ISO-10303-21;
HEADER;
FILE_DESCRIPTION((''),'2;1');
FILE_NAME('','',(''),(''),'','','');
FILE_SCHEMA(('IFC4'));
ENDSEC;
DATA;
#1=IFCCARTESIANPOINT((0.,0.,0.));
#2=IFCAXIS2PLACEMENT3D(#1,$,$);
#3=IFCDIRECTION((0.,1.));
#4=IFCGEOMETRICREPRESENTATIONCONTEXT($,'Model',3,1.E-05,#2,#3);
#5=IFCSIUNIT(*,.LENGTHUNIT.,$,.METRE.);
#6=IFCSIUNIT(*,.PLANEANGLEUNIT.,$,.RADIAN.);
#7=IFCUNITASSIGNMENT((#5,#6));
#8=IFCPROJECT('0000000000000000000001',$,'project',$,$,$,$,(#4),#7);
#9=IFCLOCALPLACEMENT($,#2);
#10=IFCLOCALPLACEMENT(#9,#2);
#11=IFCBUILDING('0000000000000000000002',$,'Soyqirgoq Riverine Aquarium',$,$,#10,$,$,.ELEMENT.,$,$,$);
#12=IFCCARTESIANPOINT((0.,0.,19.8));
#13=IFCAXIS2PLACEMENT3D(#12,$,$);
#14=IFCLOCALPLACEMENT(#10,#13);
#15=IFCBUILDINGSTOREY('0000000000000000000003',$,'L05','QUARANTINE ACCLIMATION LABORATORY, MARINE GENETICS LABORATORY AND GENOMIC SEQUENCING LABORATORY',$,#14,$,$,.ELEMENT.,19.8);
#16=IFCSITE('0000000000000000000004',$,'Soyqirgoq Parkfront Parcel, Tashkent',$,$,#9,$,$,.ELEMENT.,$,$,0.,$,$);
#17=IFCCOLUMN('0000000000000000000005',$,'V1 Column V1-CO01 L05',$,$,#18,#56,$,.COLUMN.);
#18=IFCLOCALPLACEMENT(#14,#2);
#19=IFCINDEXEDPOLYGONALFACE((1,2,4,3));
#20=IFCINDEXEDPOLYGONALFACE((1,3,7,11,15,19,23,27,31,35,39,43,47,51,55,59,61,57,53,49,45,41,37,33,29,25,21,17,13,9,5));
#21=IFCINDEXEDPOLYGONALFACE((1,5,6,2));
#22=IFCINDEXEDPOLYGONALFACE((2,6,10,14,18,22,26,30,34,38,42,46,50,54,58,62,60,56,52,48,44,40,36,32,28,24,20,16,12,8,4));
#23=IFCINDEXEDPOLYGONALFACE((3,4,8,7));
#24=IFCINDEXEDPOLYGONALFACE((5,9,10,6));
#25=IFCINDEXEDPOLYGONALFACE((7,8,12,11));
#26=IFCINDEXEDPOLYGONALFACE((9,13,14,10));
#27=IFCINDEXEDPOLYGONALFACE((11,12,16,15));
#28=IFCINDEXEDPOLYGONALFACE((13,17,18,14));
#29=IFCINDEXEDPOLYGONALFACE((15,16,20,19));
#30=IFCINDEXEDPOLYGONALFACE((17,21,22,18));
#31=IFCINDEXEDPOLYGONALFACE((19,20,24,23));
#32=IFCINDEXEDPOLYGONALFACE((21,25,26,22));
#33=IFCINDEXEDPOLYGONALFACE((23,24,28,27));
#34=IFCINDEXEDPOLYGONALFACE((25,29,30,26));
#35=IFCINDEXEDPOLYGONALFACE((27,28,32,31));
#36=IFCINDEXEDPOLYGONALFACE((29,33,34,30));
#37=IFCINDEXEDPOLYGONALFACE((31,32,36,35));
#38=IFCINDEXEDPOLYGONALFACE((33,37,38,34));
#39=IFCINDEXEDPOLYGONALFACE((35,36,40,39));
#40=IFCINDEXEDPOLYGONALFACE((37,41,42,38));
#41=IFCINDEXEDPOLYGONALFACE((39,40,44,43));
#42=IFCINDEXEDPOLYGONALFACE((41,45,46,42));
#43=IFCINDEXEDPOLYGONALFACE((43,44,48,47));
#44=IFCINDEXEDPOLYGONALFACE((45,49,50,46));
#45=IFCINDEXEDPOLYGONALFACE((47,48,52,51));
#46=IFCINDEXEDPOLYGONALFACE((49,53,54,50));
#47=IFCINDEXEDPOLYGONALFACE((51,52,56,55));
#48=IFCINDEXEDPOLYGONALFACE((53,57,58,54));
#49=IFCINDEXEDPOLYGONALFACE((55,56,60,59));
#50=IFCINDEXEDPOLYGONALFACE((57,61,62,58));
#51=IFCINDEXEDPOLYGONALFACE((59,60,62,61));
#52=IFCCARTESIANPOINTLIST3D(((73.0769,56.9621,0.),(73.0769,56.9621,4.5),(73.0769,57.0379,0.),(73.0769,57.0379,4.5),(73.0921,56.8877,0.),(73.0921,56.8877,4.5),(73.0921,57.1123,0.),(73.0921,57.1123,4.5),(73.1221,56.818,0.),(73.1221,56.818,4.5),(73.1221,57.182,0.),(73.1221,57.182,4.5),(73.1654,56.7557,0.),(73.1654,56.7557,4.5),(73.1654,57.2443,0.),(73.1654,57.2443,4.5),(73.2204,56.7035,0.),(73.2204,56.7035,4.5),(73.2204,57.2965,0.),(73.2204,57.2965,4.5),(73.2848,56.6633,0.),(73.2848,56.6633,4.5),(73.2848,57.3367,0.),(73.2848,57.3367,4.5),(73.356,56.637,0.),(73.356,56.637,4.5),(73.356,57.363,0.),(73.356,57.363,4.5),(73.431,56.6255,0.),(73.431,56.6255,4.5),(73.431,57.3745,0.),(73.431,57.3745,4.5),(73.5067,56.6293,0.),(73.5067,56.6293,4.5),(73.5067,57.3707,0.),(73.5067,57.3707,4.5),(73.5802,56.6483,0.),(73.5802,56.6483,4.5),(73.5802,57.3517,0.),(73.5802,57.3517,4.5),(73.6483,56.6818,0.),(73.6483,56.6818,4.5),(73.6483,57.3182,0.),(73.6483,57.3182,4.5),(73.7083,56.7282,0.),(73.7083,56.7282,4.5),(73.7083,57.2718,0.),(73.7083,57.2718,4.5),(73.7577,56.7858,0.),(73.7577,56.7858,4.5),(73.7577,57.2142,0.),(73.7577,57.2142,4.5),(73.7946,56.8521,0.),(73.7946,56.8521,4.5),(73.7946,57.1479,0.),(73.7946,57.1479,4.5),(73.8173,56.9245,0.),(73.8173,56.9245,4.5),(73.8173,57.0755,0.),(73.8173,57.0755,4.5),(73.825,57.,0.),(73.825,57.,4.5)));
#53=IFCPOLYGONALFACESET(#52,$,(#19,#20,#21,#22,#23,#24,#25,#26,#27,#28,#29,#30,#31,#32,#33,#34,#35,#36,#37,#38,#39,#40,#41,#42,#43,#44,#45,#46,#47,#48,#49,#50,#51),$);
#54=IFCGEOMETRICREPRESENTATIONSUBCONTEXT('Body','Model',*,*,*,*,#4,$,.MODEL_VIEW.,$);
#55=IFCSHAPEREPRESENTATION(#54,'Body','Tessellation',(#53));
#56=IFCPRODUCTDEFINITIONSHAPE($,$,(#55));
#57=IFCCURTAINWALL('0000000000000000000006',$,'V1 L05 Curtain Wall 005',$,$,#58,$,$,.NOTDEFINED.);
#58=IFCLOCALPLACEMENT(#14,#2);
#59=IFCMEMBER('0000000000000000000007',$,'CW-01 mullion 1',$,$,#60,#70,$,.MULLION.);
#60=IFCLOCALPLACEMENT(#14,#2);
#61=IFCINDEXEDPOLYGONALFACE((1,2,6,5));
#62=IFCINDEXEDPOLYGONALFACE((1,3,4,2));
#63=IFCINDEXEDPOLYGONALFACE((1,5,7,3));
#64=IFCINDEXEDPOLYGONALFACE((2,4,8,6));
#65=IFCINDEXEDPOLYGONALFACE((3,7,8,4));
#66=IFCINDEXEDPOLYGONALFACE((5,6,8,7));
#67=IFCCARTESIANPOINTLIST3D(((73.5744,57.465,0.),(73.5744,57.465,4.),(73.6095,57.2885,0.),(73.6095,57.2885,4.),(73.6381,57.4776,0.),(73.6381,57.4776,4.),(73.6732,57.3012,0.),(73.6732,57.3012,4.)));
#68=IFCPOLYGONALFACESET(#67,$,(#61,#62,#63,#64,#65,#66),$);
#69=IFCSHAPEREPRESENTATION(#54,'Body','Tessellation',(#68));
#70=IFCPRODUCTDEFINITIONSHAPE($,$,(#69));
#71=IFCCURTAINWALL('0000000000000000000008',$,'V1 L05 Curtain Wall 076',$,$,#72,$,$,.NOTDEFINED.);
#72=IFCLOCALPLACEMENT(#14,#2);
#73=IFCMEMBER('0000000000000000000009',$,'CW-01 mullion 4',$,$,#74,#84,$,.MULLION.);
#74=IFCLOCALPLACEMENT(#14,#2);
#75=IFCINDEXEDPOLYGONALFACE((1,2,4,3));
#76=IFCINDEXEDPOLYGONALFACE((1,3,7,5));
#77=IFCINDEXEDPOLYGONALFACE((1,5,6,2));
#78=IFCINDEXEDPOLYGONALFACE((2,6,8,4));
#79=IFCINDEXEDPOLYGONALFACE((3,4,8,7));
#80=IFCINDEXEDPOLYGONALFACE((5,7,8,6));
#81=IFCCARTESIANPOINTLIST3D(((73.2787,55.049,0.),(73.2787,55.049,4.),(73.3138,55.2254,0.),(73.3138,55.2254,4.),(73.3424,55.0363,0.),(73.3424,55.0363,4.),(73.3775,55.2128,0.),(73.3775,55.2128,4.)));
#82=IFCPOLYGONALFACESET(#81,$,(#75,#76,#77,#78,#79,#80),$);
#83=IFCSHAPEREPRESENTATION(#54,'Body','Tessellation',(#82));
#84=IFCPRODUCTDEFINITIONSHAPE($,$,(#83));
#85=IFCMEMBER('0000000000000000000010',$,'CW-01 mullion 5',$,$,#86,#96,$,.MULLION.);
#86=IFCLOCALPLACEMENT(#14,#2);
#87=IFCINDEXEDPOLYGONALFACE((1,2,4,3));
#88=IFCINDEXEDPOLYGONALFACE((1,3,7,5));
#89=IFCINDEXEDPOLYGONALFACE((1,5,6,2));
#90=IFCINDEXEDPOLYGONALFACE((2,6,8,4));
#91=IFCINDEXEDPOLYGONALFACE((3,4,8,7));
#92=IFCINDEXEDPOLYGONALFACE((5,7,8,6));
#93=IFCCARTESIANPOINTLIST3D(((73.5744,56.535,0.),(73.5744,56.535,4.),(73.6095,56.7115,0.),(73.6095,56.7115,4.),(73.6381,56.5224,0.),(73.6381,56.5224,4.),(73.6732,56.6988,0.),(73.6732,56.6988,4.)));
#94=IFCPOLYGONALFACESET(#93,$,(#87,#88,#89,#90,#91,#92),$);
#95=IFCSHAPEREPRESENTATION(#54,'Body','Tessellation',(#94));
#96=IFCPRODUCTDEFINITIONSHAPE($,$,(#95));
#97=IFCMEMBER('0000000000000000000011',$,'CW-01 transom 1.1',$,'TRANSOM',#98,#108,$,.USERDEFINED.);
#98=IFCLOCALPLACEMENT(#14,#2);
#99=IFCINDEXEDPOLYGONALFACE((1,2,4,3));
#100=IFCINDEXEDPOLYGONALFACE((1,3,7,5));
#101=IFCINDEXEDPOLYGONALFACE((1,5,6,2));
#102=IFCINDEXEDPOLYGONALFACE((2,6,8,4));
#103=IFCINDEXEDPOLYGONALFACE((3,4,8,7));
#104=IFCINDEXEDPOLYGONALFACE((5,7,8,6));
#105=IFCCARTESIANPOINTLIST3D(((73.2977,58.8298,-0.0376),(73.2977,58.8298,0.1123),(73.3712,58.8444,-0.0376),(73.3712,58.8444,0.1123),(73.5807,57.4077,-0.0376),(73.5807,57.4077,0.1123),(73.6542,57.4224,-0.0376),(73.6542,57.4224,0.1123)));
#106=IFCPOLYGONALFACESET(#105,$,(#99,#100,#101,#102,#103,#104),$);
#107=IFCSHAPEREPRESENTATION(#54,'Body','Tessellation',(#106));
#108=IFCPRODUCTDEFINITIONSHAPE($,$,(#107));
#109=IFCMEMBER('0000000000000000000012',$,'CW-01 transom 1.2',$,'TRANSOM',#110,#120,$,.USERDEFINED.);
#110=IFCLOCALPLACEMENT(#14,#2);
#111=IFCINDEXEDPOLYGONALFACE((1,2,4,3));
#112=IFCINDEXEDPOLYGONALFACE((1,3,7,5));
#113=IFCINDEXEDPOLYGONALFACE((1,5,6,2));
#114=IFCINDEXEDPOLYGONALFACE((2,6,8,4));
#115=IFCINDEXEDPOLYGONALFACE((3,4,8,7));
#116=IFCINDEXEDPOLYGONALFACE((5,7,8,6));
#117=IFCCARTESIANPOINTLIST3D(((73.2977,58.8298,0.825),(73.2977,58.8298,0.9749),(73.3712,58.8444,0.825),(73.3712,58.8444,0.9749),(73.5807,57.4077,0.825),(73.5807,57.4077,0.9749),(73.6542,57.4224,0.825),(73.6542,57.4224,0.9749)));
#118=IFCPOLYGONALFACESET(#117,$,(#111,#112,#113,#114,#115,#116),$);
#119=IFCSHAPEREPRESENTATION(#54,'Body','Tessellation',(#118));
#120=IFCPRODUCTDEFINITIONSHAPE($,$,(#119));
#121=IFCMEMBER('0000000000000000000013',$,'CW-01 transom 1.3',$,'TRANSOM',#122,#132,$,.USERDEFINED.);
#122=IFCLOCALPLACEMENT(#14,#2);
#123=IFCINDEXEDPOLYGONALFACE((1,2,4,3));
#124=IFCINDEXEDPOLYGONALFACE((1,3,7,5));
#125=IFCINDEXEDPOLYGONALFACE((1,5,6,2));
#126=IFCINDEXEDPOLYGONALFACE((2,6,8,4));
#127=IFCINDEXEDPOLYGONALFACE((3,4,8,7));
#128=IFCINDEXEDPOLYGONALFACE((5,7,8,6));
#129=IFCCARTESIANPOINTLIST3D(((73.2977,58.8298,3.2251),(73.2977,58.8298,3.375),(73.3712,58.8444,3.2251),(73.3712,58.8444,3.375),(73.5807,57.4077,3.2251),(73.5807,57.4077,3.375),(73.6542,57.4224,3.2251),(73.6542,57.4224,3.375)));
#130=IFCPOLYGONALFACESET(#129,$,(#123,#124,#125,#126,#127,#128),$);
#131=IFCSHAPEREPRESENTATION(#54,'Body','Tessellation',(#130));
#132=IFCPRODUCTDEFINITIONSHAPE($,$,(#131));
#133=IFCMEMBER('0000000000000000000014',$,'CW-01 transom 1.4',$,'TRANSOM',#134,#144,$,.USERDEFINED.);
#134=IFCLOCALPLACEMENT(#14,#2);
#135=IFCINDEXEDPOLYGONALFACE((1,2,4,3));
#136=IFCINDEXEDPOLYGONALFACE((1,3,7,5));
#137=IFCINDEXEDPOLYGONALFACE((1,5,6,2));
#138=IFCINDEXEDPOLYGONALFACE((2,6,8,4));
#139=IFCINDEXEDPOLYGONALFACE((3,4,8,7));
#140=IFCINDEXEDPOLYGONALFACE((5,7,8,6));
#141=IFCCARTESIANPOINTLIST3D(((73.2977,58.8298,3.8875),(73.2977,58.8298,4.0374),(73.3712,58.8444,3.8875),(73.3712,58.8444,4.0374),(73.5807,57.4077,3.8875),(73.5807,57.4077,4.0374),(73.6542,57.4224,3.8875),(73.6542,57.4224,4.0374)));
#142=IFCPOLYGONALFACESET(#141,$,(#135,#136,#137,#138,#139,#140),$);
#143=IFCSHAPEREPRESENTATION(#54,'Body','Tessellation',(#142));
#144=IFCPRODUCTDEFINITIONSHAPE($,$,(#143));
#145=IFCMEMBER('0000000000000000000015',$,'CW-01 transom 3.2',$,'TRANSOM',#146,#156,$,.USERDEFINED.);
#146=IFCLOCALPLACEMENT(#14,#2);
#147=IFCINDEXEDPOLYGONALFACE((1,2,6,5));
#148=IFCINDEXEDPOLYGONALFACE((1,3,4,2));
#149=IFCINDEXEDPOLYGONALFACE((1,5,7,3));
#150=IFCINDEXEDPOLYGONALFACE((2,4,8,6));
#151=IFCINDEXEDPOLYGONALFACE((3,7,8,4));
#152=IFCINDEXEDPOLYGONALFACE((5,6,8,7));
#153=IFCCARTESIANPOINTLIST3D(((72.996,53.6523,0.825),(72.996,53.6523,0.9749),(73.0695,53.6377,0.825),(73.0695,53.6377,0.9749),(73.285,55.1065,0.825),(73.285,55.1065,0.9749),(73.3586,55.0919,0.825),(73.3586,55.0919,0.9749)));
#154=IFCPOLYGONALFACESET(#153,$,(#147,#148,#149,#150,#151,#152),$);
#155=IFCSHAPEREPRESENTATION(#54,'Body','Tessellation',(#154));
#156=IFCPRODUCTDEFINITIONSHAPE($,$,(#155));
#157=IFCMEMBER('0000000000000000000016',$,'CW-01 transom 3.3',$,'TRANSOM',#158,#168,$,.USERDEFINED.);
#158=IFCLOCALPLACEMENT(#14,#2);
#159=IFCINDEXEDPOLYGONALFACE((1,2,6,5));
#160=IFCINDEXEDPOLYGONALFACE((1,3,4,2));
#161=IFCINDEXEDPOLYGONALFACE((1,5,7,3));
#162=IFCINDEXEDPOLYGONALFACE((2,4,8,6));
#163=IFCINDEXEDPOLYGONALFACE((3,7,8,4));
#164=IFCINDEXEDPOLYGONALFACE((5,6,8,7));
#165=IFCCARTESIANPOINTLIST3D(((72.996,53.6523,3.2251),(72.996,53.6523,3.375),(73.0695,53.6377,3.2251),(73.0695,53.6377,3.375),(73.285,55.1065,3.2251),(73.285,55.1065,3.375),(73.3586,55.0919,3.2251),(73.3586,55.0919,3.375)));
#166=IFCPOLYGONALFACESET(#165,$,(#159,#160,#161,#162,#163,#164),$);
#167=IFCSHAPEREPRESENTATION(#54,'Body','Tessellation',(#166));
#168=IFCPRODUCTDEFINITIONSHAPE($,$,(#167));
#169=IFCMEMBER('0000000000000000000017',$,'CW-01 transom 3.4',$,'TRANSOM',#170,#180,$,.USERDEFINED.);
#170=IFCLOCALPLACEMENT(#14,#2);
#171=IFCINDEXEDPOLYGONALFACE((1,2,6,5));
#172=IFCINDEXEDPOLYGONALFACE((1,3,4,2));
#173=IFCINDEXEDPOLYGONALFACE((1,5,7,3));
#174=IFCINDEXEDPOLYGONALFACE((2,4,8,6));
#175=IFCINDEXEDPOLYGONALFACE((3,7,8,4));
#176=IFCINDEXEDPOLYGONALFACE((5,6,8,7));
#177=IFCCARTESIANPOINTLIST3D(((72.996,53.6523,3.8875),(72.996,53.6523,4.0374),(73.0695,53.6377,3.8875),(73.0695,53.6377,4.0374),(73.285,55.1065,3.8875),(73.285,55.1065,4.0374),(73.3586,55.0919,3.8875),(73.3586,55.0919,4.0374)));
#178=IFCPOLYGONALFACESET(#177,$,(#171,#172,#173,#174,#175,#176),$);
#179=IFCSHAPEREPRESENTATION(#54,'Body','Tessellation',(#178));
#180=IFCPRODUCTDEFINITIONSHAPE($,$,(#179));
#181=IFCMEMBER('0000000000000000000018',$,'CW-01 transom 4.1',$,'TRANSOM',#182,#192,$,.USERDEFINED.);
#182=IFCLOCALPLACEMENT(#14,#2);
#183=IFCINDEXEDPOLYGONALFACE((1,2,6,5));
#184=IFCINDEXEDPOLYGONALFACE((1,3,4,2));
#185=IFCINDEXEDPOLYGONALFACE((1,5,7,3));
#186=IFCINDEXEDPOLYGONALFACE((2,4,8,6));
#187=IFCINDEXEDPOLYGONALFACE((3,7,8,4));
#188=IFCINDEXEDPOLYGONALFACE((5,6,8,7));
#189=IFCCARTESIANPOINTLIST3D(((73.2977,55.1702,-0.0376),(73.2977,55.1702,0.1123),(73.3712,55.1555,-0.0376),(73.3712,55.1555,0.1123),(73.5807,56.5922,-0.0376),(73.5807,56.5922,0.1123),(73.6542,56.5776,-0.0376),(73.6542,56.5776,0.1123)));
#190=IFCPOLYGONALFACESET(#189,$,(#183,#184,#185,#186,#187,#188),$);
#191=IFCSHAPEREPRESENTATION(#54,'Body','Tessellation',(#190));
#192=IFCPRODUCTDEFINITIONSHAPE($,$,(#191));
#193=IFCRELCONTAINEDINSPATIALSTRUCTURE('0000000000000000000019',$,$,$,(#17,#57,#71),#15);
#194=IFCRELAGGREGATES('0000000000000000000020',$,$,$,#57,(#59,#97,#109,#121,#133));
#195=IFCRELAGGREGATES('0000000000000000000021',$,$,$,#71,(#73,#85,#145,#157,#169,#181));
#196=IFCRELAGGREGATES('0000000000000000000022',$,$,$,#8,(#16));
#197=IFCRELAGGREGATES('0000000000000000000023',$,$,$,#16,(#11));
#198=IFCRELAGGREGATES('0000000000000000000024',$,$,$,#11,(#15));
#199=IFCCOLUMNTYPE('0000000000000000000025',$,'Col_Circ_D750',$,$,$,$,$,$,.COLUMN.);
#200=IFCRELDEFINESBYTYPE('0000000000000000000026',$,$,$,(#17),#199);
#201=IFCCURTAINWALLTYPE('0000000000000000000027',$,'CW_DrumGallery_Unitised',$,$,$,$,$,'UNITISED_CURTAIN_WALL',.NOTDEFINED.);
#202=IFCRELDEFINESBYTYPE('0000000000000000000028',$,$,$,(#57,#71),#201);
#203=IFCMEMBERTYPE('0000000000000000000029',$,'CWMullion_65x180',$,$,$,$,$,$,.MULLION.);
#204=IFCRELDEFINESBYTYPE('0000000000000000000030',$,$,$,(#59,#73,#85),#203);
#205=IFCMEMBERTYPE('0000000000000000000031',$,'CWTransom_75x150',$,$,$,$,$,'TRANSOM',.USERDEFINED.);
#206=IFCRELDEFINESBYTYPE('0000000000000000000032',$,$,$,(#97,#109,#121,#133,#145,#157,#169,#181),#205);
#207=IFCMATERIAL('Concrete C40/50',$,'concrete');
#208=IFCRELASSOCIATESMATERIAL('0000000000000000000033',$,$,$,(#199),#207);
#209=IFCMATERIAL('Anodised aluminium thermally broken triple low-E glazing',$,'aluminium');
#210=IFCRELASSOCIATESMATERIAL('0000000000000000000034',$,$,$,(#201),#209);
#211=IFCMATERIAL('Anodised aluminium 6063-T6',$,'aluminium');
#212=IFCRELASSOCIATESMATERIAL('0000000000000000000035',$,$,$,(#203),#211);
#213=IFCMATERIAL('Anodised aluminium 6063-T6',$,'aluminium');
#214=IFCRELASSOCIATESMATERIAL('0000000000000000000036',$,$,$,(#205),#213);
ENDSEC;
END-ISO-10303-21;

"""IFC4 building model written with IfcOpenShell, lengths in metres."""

from ifc_helpers import new_model, si_unit, direction, frame, origin, origin_2d, place, context, subcontext, project, spatial, rectangle, circle, extrude, material, material_profile, profile_set, type_object, element, aggregate, save


model = new_model("IFC4")

# Units and contexts
model_context = context("Model", 3, precision=1e-05, world=origin(), true_north=direction((0.0, 1.0)))
body_context = subcontext(model_context, "Body", "Model", "MODEL_VIEW")
ifc_project = project(units=[si_unit("LENGTHUNIT", "METRE"), si_unit("PLANEANGLEUNIT", "RADIAN")], contexts=[model_context])

# Site, building, storey
site_placement = place(None, origin())
site = spatial("IfcSite", under=ifc_project, at=site_placement, Name="Soyqirgoq Parkfront Parcel, Tashkent", CompositionType="ELEMENT", RefElevation=0.0)
building_placement = place(site_placement, origin())
building = spatial("IfcBuilding", under=site, at=building_placement, Name="Soyqirgoq Riverine Aquarium", CompositionType="ELEMENT")
storey_placement = place(building_placement, frame((0.0, 0.0, 19.8)))
storey = spatial("IfcBuildingStorey", under=building, at=storey_placement, Name="L05", Description="QUARANTINE ACCLIMATION LABORATORY, MARINE GENETICS LABORATORY AND GENOMIC SEQUENCING LABORATORY", CompositionType="ELEMENT", Elevation=19.8)

# Column
ifc_material_1 = material(Name="Concrete C40/50", Category="concrete")
ifc_material_profile_1 = material_profile(ifc_material_1, circle(Radius=0.375, at=origin_2d()), Name="RC-COL D750")
ifc_profile_set_1 = profile_set([ifc_material_profile_1], Name="Concrete C40/50")
column_type = type_object("IfcColumnType", Name="Col_Circ_D750", PredefinedType="COLUMN", material=ifc_profile_set_1)
column_placement = place(storey_placement, frame((73.45, 57.0, 0.0), z_axis=(0.0, 0.0, 1.0), x_axis=(1.0, 0.0, 0.0)))
element("IfcColumn", 1, at=column_placement, inside=storey, type_object=column_type, Name="V1 Column V1-CO01 L05", PredefinedType="COLUMN", context=body_context, shape_type="SweptSolid", body=[
    extrude(circle(Radius=0.375, at=origin_2d()), origin(), (0.0, 0.0, 1.0), 4.5),
])

# Curtain wall, member
ifc_material_2 = material(Name="Anodised aluminium thermally broken triple low-E glazing", Category="aluminium")
curtain_wall_type = type_object("IfcCurtainWallType", Name="CW_DrumGallery_Unitised", ElementType="UNITISED_CURTAIN_WALL", PredefinedType="NOTDEFINED", material=ifc_material_2)
curtain_wall_1_placement = place(storey_placement, origin())
curtain_wall_1 = element("IfcCurtainWall", 2, at=curtain_wall_1_placement, inside=storey, type_object=curtain_wall_type, Name="V1 L05 Curtain Wall 005", PredefinedType="NOTDEFINED")
ifc_material_3 = material(Name="Anodised aluminium 6063-T6", Category="aluminium")
ifc_material_profile_2 = material_profile(ifc_material_3, rectangle(XDim=0.0649, YDim=0.1799, at=origin_2d()), Name="ALU-M 65x180")
ifc_profile_set_2 = profile_set([ifc_material_profile_2], Name="Anodised aluminium 6063-T6")
member_type_1 = type_object("IfcMemberType", Name="CWMullion_65x180", PredefinedType="MULLION", material=ifc_profile_set_2)
member_1_placement = place(storey_placement, frame((73.6238, 57.3831, 0.0), z_axis=(0.0, 0.0, 1.0), x_axis=(-0.980788, -0.195078, 0.0)))
member_1 = element("IfcMember", 3, at=member_1_placement, type_object=member_type_1, Name="CW-01 mullion 1", PredefinedType="MULLION", context=body_context, shape_type="SweptSolid", body=[
    extrude(rectangle(XDim=0.0649, YDim=0.1799, at=origin_2d()), origin(), (0.0, 0.0, 1.0), 4.0),
])

# Curtain wall, members
curtain_wall_2_placement = place(storey_placement, origin())
curtain_wall_2 = element("IfcCurtainWall", 4, at=curtain_wall_2_placement, inside=storey, type_object=curtain_wall_type, Name="V1 L05 Curtain Wall 076", PredefinedType="NOTDEFINED")
member_2_placement = place(storey_placement, frame((73.3281, 55.1309, 0.0), z_axis=(0.0, 0.0, 1.0), x_axis=(-0.980788, 0.195078, 0.0)))
member_2 = element("IfcMember", 5, at=member_2_placement, type_object=member_type_1, Name="CW-01 mullion 4", PredefinedType="MULLION", context=body_context, shape_type="SweptSolid", body=[
    extrude(rectangle(XDim=0.0649, YDim=0.1799, at=origin_2d()), origin(), (0.0, 0.0, 1.0), 4.0),
])
member_3_placement = place(storey_placement, frame((73.6238, 56.6169, 0.0), z_axis=(0.0, 0.0, 1.0), x_axis=(-0.980788, 0.195078, 0.0)))
member_3 = element("IfcMember", 6, at=member_3_placement, type_object=member_type_1, Name="CW-01 mullion 5", PredefinedType="MULLION", context=body_context, shape_type="SweptSolid", body=[
    extrude(rectangle(XDim=0.0649, YDim=0.1799, at=origin_2d()), origin(), (0.0, 0.0, 1.0), 4.0),
])

# Members
ifc_material_4 = material(Name="Anodised aluminium 6063-T6", Category="aluminium")
ifc_material_profile_3 = material_profile(ifc_material_4, rectangle(XDim=0.075, YDim=0.1499, at=origin_2d()), Name="ALU-T 75x150")
ifc_profile_set_3 = profile_set([ifc_material_profile_3], Name="Anodised aluminium 6063-T6")
member_type_2 = type_object("IfcMemberType", Name="CWTransom_75x150", ElementType="TRANSOM", PredefinedType="USERDEFINED", material=ifc_profile_set_3)
member_4_placement = place(storey_placement, frame((73.6174, 57.415, 0.0374), z_axis=(-0.195145, 0.980774, 0.0), x_axis=(-0.980774, -0.195145, 0.0)))
member_4 = element("IfcMember", 7, at=member_4_placement, type_object=member_type_2, Name="CW-01 transom 1.1", ObjectType="TRANSOM", PredefinedType="USERDEFINED", context=body_context, shape_type="SweptSolid", body=[
    extrude(rectangle(XDim=0.075, YDim=0.1499, at=origin_2d()), origin(), (0.0, 0.0, 1.0), 1.45),
])
member_5_placement = place(storey_placement, frame((73.6174, 57.415, 0.8999), z_axis=(-0.195145, 0.980774, 0.0), x_axis=(-0.980774, -0.195145, 0.0)))
member_5 = element("IfcMember", 8, at=member_5_placement, type_object=member_type_2, Name="CW-01 transom 1.2", ObjectType="TRANSOM", PredefinedType="USERDEFINED", context=body_context, shape_type="SweptSolid", body=[
    extrude(rectangle(XDim=0.075, YDim=0.1499, at=origin_2d()), origin(), (0.0, 0.0, 1.0), 1.45),
])
member_6_placement = place(storey_placement, frame((73.6174, 57.415, 3.3), z_axis=(-0.195145, 0.980774, 0.0), x_axis=(-0.980774, -0.195145, 0.0)))
member_6 = element("IfcMember", 9, at=member_6_placement, type_object=member_type_2, Name="CW-01 transom 1.3", ObjectType="TRANSOM", PredefinedType="USERDEFINED", context=body_context, shape_type="SweptSolid", body=[
    extrude(rectangle(XDim=0.075, YDim=0.1499, at=origin_2d()), origin(), (0.0, 0.0, 1.0), 1.45),
])
member_7_placement = place(storey_placement, frame((73.6174, 57.415, 3.9624), z_axis=(-0.195145, 0.980774, 0.0), x_axis=(-0.980774, -0.195145, 0.0)))
member_7 = element("IfcMember", 10, at=member_7_placement, type_object=member_type_2, Name="CW-01 transom 1.4", ObjectType="TRANSOM", PredefinedType="USERDEFINED", context=body_context, shape_type="SweptSolid", body=[
    extrude(rectangle(XDim=0.075, YDim=0.1499, at=origin_2d()), origin(), (0.0, 0.0, 1.0), 1.45),
])
member_8_placement = place(storey_placement, frame((73.0327, 53.645, 0.8999), z_axis=(0.194976, 0.980808, 0.0), x_axis=(-0.980808, 0.194976, 0.0)))
member_8 = element("IfcMember", 11, at=member_8_placement, type_object=member_type_2, Name="CW-01 transom 3.2", ObjectType="TRANSOM", PredefinedType="USERDEFINED", context=body_context, shape_type="SweptSolid", body=[
    extrude(rectangle(XDim=0.075, YDim=0.1499, at=origin_2d()), origin(), (0.0, 0.0, 1.0), 1.4827),
])
member_9_placement = place(storey_placement, frame((73.0327, 53.645, 3.3), z_axis=(0.194976, 0.980808, 0.0), x_axis=(-0.980808, 0.194976, 0.0)))
member_9 = element("IfcMember", 12, at=member_9_placement, type_object=member_type_2, Name="CW-01 transom 3.3", ObjectType="TRANSOM", PredefinedType="USERDEFINED", context=body_context, shape_type="SweptSolid", body=[
    extrude(rectangle(XDim=0.075, YDim=0.1499, at=origin_2d()), origin(), (0.0, 0.0, 1.0), 1.4827),
])
member_10_placement = place(storey_placement, frame((73.0327, 53.645, 3.9624), z_axis=(0.194976, 0.980808, 0.0), x_axis=(-0.980808, 0.194976, 0.0)))
member_10 = element("IfcMember", 13, at=member_10_placement, type_object=member_type_2, Name="CW-01 transom 3.4", ObjectType="TRANSOM", PredefinedType="USERDEFINED", context=body_context, shape_type="SweptSolid", body=[
    extrude(rectangle(XDim=0.075, YDim=0.1499, at=origin_2d()), origin(), (0.0, 0.0, 1.0), 1.4827),
])
member_11_placement = place(storey_placement, frame((73.3345, 55.1628, 0.0374), z_axis=(0.195145, 0.980774, 0.0), x_axis=(-0.980774, 0.195145, 0.0)))
member_11 = element("IfcMember", 14, at=member_11_placement, type_object=member_type_2, Name="CW-01 transom 4.1", ObjectType="TRANSOM", PredefinedType="USERDEFINED", context=body_context, shape_type="SweptSolid", body=[
    extrude(rectangle(XDim=0.075, YDim=0.1499, at=origin_2d()), origin(), (0.0, 0.0, 1.0), 1.45),
])

aggregate(curtain_wall_1, [member_1, member_4, member_5, member_6, member_7])
aggregate(curtain_wall_2, [member_2, member_3, member_8, member_9, member_10, member_11])

save(model, "model.ifc")
